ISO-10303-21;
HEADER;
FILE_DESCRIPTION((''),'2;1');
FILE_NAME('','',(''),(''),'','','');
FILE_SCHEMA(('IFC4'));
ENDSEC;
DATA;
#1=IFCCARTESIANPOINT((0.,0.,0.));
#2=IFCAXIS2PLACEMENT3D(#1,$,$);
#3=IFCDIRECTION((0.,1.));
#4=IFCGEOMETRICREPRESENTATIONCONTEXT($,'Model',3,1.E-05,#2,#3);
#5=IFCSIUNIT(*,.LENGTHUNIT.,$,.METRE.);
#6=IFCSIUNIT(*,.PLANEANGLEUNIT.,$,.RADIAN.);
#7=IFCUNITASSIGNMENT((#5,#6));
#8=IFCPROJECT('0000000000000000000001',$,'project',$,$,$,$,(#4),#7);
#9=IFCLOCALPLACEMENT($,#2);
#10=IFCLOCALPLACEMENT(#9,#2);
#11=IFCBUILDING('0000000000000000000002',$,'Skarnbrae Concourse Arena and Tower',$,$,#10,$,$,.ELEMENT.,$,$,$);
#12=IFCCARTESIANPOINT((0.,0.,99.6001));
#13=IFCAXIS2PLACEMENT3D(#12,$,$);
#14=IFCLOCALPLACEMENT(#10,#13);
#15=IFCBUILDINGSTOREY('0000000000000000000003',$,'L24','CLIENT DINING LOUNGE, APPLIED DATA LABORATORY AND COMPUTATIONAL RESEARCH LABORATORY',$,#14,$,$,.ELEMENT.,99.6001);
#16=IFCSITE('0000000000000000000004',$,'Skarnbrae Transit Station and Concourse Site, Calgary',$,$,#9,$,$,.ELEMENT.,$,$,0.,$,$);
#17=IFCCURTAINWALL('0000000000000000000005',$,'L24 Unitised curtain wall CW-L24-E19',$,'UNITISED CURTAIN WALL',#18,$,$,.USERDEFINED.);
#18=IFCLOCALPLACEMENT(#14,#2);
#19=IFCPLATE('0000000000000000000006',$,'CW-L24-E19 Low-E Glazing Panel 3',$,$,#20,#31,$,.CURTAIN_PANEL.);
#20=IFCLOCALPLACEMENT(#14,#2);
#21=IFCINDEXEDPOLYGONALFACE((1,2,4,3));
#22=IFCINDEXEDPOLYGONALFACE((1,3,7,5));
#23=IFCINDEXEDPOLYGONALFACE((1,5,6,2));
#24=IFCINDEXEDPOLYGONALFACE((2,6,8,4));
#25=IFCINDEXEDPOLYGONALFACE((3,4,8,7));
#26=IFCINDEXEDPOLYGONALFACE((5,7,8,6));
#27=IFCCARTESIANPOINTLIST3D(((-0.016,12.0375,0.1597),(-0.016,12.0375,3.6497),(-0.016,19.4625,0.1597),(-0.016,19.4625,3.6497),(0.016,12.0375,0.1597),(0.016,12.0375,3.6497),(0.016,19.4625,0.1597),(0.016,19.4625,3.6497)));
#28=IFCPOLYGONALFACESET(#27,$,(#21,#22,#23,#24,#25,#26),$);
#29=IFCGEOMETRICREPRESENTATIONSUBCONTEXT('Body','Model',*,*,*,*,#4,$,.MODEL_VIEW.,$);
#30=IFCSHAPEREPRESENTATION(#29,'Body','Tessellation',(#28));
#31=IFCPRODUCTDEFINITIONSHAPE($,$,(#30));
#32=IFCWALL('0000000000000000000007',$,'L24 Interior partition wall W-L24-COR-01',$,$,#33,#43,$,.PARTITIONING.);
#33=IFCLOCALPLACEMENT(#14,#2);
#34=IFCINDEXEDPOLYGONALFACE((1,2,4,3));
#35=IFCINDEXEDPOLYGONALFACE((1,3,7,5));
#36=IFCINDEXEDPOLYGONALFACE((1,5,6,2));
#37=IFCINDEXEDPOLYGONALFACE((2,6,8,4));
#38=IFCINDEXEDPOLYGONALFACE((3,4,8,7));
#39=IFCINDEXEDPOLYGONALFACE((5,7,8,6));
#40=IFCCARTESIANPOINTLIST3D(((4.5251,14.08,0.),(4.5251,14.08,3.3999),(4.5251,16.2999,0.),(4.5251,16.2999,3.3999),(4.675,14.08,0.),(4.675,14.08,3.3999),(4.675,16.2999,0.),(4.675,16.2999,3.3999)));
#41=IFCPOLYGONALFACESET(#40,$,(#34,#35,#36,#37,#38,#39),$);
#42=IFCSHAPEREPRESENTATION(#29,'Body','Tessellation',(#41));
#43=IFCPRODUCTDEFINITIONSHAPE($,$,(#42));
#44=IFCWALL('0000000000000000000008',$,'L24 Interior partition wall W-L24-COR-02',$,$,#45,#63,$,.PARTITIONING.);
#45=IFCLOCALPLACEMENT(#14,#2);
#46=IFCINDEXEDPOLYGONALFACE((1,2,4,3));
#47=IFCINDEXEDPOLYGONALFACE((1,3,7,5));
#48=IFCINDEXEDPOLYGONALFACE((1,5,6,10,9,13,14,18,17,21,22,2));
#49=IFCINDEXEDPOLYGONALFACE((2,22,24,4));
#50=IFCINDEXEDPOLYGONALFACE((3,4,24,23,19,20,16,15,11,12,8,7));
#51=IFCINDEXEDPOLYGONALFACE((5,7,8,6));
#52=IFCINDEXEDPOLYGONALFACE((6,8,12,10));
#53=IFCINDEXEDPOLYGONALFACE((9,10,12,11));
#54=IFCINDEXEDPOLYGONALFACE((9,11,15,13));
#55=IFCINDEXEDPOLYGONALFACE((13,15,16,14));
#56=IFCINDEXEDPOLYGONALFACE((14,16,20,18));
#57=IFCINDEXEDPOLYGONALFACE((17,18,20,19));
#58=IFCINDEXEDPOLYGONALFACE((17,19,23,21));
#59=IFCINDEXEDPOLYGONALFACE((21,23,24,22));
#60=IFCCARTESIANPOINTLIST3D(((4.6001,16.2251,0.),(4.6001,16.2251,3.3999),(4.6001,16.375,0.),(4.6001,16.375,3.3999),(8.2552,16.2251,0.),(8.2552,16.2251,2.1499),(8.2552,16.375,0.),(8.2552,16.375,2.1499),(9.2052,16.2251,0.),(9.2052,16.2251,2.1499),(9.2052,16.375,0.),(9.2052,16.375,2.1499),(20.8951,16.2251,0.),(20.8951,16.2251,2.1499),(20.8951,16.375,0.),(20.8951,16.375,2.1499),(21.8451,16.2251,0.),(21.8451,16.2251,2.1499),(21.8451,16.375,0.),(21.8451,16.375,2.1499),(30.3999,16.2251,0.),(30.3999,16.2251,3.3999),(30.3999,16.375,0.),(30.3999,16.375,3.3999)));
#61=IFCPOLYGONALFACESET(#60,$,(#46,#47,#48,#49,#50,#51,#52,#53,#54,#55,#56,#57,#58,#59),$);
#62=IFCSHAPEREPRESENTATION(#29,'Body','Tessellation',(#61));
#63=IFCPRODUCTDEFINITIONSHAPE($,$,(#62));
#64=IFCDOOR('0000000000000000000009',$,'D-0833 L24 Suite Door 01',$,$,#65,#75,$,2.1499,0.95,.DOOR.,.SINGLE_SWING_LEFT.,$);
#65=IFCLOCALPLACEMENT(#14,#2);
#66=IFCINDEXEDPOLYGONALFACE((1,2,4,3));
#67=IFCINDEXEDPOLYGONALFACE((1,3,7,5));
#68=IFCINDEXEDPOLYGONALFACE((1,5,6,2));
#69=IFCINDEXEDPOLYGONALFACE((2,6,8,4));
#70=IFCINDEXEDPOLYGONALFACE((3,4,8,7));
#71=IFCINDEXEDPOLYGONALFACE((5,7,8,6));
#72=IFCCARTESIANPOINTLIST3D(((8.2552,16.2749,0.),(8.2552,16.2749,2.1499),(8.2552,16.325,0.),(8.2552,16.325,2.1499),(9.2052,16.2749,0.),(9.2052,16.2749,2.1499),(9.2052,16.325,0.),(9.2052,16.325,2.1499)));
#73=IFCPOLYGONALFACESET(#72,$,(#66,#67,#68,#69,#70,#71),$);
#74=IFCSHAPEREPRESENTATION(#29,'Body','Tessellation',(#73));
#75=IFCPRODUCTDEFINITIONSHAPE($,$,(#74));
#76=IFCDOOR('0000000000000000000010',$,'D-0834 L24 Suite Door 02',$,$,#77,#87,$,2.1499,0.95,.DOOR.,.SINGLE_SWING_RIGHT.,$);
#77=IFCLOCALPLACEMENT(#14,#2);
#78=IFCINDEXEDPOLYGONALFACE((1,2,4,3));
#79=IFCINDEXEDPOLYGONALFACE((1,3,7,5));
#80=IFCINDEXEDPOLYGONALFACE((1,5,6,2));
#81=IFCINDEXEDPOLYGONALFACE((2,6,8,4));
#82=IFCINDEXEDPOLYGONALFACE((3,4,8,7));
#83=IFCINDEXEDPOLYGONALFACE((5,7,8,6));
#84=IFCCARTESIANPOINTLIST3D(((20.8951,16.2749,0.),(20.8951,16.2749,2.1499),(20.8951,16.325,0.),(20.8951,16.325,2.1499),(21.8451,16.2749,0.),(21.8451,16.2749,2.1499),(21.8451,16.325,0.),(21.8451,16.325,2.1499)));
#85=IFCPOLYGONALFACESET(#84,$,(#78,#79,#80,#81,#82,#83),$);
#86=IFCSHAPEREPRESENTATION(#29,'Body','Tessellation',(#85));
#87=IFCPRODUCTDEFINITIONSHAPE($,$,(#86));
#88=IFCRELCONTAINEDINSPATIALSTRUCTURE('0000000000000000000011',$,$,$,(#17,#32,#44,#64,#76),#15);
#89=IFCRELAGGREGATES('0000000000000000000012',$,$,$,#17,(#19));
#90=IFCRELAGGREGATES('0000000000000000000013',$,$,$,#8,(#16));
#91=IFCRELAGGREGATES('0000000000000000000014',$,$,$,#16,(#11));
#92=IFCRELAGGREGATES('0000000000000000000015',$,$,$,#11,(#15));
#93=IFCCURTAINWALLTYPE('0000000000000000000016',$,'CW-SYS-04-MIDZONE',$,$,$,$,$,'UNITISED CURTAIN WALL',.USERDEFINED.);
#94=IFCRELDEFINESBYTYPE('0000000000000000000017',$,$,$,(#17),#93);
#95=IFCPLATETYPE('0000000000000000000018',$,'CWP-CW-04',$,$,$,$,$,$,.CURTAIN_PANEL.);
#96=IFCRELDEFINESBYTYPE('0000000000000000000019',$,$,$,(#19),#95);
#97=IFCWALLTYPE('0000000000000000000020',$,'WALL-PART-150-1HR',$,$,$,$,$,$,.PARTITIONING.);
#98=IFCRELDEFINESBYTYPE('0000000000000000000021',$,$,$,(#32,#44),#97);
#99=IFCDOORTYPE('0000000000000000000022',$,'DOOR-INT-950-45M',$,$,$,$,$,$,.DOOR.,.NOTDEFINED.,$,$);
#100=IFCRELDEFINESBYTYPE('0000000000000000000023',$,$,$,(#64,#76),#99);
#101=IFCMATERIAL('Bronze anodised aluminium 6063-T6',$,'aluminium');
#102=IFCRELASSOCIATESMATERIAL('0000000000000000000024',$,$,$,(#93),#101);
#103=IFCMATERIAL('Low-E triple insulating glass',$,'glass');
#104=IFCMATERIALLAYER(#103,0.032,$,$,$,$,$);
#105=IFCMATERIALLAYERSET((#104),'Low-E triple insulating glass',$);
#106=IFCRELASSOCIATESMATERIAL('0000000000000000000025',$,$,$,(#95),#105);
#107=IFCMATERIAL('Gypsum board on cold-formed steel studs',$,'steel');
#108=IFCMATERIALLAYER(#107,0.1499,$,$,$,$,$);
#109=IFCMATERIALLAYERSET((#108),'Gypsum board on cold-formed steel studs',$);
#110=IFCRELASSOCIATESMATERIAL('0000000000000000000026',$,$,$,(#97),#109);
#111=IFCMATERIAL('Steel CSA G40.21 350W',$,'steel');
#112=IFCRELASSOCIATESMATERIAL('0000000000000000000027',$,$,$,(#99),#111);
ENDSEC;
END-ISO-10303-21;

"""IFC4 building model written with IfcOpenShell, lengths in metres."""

from ifc_helpers import new_model, si_unit, direction, frame, frame_2d, origin, origin_2d, place, context, subcontext, project, spatial, rectangle, extrude, source, transform, mapped, material, layer, layer_set, type_object, element, fill, aggregate, save


model = new_model("IFC4")

# Units and contexts
model_context = context("Model", 3, precision=1e-05, world=origin(), true_north=direction((0.0, 1.0)))
body_context = subcontext(model_context, "Body", "Model", "MODEL_VIEW")
ifc_project = project(units=[si_unit("LENGTHUNIT", "METRE"), si_unit("PLANEANGLEUNIT", "RADIAN")], contexts=[model_context])

# Site, building, storey
site_placement = place(None, origin())
site = spatial("IfcSite", under=ifc_project, at=site_placement, Name="Skarnbrae Transit Station and Concourse Site, Calgary", CompositionType="ELEMENT", RefElevation=0.0)
building_placement = place(site_placement, origin())
building = spatial("IfcBuilding", under=site, at=building_placement, Name="Skarnbrae Concourse Arena and Tower", CompositionType="ELEMENT")
storey_placement = place(building_placement, frame((0.0, 0.0, 99.6001)))
storey = spatial("IfcBuildingStorey", under=building, at=storey_placement, Name="L24", Description="CLIENT DINING LOUNGE, APPLIED DATA LABORATORY AND COMPUTATIONAL RESEARCH LABORATORY", CompositionType="ELEMENT", Elevation=99.6001)

# Shared definitions
ifc_material_1 = material(Name="Steel CSA G40.21 350W", Category="steel")

# Curtain wall, plate
ifc_material_2 = material(Name="Bronze anodised aluminium 6063-T6", Category="aluminium")
curtain_wall_type = type_object("IfcCurtainWallType", Name="CW-SYS-04-MIDZONE", ElementType="UNITISED CURTAIN WALL", PredefinedType="USERDEFINED", material=ifc_material_2)
curtain_wall_placement = place(storey_placement, origin())
curtain_wall = element("IfcCurtainWall", 1, at=curtain_wall_placement, inside=storey, type_object=curtain_wall_type, Name="L24 Unitised curtain wall CW-L24-E19", ObjectType="UNITISED CURTAIN WALL", PredefinedType="USERDEFINED")
ifc_material_3 = material(Name="Low-E triple insulating glass", Category="glass")
ifc_layer_1 = layer(ifc_material_3, 0.032)
ifc_layer_set_1 = layer_set([ifc_layer_1], Name="Low-E triple insulating glass")
plate_type = type_object("IfcPlateType", Name="CWP-CW-04", PredefinedType="CURTAIN_PANEL", material=ifc_layer_set_1)
shared_shape_1 = source(origin(), body_context, "Body", "SweptSolid", [
    extrude(rectangle(XDim=7.425, YDim=0.032, at=origin_2d()), origin(), (0.0, 0.0, 1.0), 3.49),
])
plate_placement = place(storey_placement, frame((0.0, 15.75, 0.1597), z_axis=(0.0, 0.0, 1.0), x_axis=(0.0, -1.0, 0.0)))
plate = element("IfcPlate", 2, at=plate_placement, type_object=plate_type, Name="CW-L24-E19 Low-E Glazing Panel 3", PredefinedType="CURTAIN_PANEL", context=body_context, shape_type="MappedRepresentation", body=[
    mapped(shared_shape_1, transform((0.0, 0.0, 0.0))),
])
aggregate(curtain_wall, [plate])

# Wall
ifc_material_4 = material(Name="Gypsum board on cold-formed steel studs", Category="steel")
ifc_layer_2 = layer(ifc_material_4, 0.1499)
ifc_layer_set_2 = layer_set([ifc_layer_2], Name="Gypsum board on cold-formed steel studs")
wall_type_1 = type_object("IfcWallType", Name="WALL-PART-150-1HR", PredefinedType="PARTITIONING", material=ifc_layer_set_2)
shared_shape_2 = source(origin(), body_context, "Body", "SweptSolid", [
    extrude(rectangle(XDim=2.22, YDim=0.1499, at=frame_2d((1.1099, 0.0))), origin(), (0.0, 0.0, 1.0), 3.3999),
])
wall_1_placement = place(storey_placement, frame((4.6001, 14.0801, 0.0), z_axis=(0.0, 0.0, 1.0), x_axis=(0.0, 1.0, 0.0)))
element("IfcWall", 3, at=wall_1_placement, inside=storey, type_object=wall_type_1, Name="L24 Interior partition wall W-L24-COR-01", PredefinedType="PARTITIONING", context=body_context, shape_type="MappedRepresentation", body=[
    mapped(shared_shape_2, transform((0.0, 0.0, 0.0))),
])

# Wall, openings, doors
shared_shape_3 = source(origin(), body_context, "Body", "SweptSolid", [
    extrude(rectangle(XDim=25.7998, YDim=0.1499, at=frame_2d((12.8999, 0.0))), origin(), (0.0, 0.0, 1.0), 3.3999),
])
wall_2_placement = place(storey_placement, frame((4.6001, 16.3, 0.0), z_axis=(0.0, 0.0, 1.0), x_axis=(1.0, 0.0, 0.0)))
wall_2 = element("IfcWall", 4, at=wall_2_placement, inside=storey, type_object=wall_type_1, Name="L24 Interior partition wall W-L24-COR-02", PredefinedType="PARTITIONING", context=body_context, shape_type="MappedRepresentation", body=[
    mapped(shared_shape_3, transform((0.0, 0.0, 0.0))),
])
opening_1_placement = place(wall_2_placement, frame((3.655, 0.0, 0.0)))
opening_1 = element("IfcOpeningElement", 5, at=opening_1_placement, cuts=wall_2, PredefinedType="OPENING", context=body_context, shape_type="SweptSolid", body=[
    extrude(rectangle(XDim=0.95, YDim=2.1499, at=frame_2d((0.4751, 1.075))), frame((0.0, 0.085, 0.0), z_axis=(0.0, -1.0, 0.0), x_axis=(1.0, 0.0, 0.0)), (0.0, 0.0, 1.0), 0.1699),
])
opening_2_placement = place(wall_2_placement, frame((16.2949, 0.0, 0.0)))
opening_2 = element("IfcOpeningElement", 6, at=opening_2_placement, cuts=wall_2, PredefinedType="OPENING", context=body_context, shape_type="SweptSolid", body=[
    extrude(rectangle(XDim=0.95, YDim=2.1499, at=frame_2d((0.4751, 1.075))), frame((0.0, 0.085, 0.0), z_axis=(0.0, -1.0, 0.0), x_axis=(1.0, 0.0, 0.0)), (0.0, 0.0, 1.0), 0.1699),
])
door_type_1 = type_object("IfcDoorType", Name="DOOR-INT-950-45M", OperationType="NOTDEFINED", PredefinedType="DOOR", material=ifc_material_1)
shared_shape_4 = source(origin(), body_context, "Body", "SweptSolid", [
    extrude(rectangle(XDim=0.95, YDim=2.1499, at=frame_2d((0.4751, 1.075))), frame((0.0, 0.0249, 0.0), z_axis=(0.0, -1.0, 0.0), x_axis=(1.0, 0.0, 0.0)), (0.0, 0.0, 1.0), 0.05),
])
door_1_placement = place(opening_1_placement, origin())
door_1 = element("IfcDoor", 7, at=door_1_placement, inside=storey, type_object=door_type_1, Name="D-0833 L24 Suite Door 01", OperationType="SINGLE_SWING_LEFT", OverallHeight=2.1499, OverallWidth=0.95, PredefinedType="DOOR", context=body_context, shape_type="MappedRepresentation", body=[
    mapped(shared_shape_4, transform((0.0, 0.0, 0.0))),
])
fill(opening_1, door_1)
door_2_placement = place(opening_2_placement, origin())
door_2 = element("IfcDoor", 8, at=door_2_placement, inside=storey, type_object=door_type_1, Name="D-0834 L24 Suite Door 02", OperationType="SINGLE_SWING_RIGHT", OverallHeight=2.1499, OverallWidth=0.95, PredefinedType="DOOR", context=body_context, shape_type="MappedRepresentation", body=[
    mapped(shared_shape_4, transform((0.0, 0.0, 0.0))),
])
fill(opening_2, door_2)

save(model, "model.ifc")
